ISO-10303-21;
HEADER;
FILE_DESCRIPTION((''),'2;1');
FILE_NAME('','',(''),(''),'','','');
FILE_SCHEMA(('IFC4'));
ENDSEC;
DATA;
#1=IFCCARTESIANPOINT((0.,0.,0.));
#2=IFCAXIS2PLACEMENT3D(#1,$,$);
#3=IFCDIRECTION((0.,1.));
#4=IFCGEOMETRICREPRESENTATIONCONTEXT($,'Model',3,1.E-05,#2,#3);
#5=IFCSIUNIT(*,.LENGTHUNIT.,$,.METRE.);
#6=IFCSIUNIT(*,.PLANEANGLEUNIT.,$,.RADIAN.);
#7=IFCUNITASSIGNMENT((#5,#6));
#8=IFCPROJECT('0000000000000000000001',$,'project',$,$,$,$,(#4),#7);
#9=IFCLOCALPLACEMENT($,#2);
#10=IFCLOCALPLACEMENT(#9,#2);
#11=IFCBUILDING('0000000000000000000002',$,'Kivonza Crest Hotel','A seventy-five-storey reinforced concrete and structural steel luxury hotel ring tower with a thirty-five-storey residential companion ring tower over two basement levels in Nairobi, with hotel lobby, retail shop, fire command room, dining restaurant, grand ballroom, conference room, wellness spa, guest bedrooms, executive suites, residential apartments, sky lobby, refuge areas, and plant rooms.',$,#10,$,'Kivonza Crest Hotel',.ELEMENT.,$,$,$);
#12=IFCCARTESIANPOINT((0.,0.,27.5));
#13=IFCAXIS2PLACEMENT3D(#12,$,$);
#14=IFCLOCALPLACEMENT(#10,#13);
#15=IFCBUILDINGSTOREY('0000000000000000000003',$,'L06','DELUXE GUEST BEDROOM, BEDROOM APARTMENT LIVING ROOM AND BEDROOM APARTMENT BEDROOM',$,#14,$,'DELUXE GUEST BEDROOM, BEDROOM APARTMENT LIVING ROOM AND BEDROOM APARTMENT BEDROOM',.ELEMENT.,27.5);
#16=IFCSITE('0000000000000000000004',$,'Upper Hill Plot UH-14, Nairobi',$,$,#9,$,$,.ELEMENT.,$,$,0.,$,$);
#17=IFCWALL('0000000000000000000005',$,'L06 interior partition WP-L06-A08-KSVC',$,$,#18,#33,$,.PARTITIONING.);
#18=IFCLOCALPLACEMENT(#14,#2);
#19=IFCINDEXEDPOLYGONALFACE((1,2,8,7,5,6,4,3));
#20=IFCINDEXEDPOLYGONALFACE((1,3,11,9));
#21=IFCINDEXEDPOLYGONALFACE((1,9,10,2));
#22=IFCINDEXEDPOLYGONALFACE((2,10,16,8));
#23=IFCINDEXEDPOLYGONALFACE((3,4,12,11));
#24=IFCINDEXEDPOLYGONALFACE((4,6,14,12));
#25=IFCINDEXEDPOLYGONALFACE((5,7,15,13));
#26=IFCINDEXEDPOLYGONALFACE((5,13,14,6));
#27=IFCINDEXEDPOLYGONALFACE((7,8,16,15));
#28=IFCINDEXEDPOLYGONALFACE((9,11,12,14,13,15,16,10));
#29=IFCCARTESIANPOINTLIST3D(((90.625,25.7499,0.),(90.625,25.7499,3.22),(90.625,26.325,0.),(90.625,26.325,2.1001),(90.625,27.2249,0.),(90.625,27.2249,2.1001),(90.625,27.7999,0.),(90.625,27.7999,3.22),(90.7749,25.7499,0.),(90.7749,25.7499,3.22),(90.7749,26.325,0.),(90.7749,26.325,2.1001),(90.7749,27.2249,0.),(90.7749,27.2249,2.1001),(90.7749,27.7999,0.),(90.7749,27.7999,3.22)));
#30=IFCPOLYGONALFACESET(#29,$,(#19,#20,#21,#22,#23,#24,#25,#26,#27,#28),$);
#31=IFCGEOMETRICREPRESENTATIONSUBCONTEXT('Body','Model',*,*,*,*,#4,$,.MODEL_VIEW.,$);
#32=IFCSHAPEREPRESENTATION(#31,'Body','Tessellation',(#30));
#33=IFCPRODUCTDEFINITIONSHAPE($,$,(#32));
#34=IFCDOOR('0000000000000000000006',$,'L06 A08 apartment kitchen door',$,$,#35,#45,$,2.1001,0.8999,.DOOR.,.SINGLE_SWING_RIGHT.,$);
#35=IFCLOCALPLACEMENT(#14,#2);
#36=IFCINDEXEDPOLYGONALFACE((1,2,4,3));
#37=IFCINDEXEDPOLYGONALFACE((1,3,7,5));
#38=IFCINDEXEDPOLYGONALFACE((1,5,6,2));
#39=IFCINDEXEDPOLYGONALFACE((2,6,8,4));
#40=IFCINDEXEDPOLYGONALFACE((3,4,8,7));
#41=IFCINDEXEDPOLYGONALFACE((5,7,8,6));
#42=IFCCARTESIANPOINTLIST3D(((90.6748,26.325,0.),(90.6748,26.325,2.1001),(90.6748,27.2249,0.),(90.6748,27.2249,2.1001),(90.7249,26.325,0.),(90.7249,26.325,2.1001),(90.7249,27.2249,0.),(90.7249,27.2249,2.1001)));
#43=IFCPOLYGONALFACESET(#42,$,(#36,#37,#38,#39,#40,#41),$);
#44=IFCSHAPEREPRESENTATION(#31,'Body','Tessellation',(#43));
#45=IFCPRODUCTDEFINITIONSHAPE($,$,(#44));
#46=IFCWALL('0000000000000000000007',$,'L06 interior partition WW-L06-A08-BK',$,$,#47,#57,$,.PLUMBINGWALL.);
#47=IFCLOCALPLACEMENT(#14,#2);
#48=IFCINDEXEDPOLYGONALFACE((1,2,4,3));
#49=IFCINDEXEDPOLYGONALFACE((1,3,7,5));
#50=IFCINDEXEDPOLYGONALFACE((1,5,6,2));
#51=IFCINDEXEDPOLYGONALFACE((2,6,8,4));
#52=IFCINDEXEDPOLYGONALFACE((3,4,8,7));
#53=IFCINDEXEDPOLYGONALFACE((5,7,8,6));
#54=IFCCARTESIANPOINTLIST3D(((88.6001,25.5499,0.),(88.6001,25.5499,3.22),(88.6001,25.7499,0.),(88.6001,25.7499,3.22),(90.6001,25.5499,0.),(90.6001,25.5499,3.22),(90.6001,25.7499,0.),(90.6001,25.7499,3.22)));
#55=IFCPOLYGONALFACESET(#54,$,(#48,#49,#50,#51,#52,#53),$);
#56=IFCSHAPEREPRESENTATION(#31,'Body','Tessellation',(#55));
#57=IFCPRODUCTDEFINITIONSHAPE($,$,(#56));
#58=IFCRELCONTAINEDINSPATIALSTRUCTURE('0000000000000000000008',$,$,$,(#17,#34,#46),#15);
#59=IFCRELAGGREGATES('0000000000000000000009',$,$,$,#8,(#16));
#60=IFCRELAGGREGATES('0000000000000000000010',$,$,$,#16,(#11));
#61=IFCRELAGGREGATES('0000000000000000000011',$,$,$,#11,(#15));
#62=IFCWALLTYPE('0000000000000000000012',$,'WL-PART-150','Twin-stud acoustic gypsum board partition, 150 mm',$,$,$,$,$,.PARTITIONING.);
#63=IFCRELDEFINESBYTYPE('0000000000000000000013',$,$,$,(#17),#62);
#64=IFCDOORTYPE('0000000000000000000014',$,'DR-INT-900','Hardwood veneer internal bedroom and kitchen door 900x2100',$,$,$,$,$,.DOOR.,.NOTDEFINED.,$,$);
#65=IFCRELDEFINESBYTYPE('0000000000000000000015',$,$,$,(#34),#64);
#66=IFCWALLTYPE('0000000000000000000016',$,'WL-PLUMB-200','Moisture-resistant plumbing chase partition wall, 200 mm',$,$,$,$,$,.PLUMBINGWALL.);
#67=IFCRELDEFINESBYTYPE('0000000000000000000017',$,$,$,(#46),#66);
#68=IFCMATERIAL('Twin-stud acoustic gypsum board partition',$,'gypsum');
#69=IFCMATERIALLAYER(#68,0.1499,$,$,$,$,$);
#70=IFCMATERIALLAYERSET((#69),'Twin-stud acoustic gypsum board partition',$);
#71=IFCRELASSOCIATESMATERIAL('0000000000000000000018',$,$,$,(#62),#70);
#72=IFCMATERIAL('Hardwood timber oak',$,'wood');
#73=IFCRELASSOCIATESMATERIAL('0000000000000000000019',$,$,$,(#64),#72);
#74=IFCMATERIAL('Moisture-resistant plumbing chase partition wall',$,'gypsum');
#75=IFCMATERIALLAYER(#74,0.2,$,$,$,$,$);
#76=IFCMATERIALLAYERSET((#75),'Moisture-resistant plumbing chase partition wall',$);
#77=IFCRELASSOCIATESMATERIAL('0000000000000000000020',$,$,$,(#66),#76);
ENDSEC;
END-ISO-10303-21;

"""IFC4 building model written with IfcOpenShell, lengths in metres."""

from ifc_helpers import new_model, si_unit, direction, frame, frame_2d, origin, place, context, subcontext, project, spatial, rectangle, extrude, material, layer, layer_set, type_object, element, fill, save


model = new_model("IFC4")

# Units and contexts
model_context = context("Model", 3, precision=1e-05, world=origin(), true_north=direction((0.0, 1.0)))
body_context = subcontext(model_context, "Body", "Model", "MODEL_VIEW")
ifc_project = project(units=[si_unit("LENGTHUNIT", "METRE"), si_unit("PLANEANGLEUNIT", "RADIAN")], contexts=[model_context])

# Site, building, storey
site_placement = place(None, origin())
site = spatial("IfcSite", under=ifc_project, at=site_placement, Name="Upper Hill Plot UH-14, Nairobi", CompositionType="ELEMENT", RefElevation=0.0)
building_placement = place(site_placement, origin())
building = spatial("IfcBuilding", under=site, at=building_placement, Name="Kivonza Crest Hotel", Description="A seventy-five-storey reinforced concrete and structural steel luxury hotel ring tower with a thirty-five-storey residential companion ring tower over two basement levels in Nairobi, with hotel lobby, retail shop, fire command room, dining restaurant, grand ballroom, conference room, wellness spa, guest bedrooms, executive suites, residential apartments, sky lobby, refuge areas, and plant rooms.", LongName="Kivonza Crest Hotel", CompositionType="ELEMENT")
storey_placement = place(building_placement, frame((0.0, 0.0, 27.5)))
storey = spatial("IfcBuildingStorey", under=building, at=storey_placement, Name="L06", Description="DELUXE GUEST BEDROOM, BEDROOM APARTMENT LIVING ROOM AND BEDROOM APARTMENT BEDROOM", LongName="DELUXE GUEST BEDROOM, BEDROOM APARTMENT LIVING ROOM AND BEDROOM APARTMENT BEDROOM", CompositionType="ELEMENT", Elevation=27.5)

# Shared definitions
ifc_material_1 = material(Name="Hardwood timber oak", Category="wood")

# Shared definitions
ifc_material_2 = material(Name="Twin-stud acoustic gypsum board partition", Category="gypsum")
ifc_layer_1 = layer(ifc_material_2, 0.1499)
ifc_layer_set_1 = layer_set([ifc_layer_1], Name="Twin-stud acoustic gypsum board partition")
wall_type_1 = type_object("IfcWallType", Name="WL-PART-150", Description="Twin-stud acoustic gypsum board partition, 150 mm", PredefinedType="PARTITIONING", material=ifc_layer_set_1)
door_type_1 = type_object("IfcDoorType", Name="DR-INT-900", Description="Hardwood veneer internal bedroom and kitchen door 900x2100", OperationType="NOTDEFINED", PredefinedType="DOOR", material=ifc_material_1)

# Wall, opening, door
wall_1_placement = place(storey_placement, frame((90.7, 25.75, 0.0), z_axis=(0.0, 0.0, 1.0), x_axis=(0.0, 1.0, 0.0)))
wall_1 = element("IfcWall", 1, at=wall_1_placement, inside=storey, type_object=wall_type_1, Name="L06 interior partition WP-L06-A08-KSVC", PredefinedType="PARTITIONING", context=body_context, shape_type="SweptSolid", body=[
    extrude(rectangle(XDim=2.05, YDim=0.1499, at=frame_2d((1.0249, 0.0))), origin(), (0.0, 0.0, 1.0), 3.22),
])
opening_1_placement = place(wall_1_placement, frame((0.575, 0.0, 0.0)))
opening_1 = element("IfcOpeningElement", 2, at=opening_1_placement, cuts=wall_1, PredefinedType="OPENING", context=body_context, shape_type="SweptSolid", body=[
    extrude(rectangle(XDim=0.8999, YDim=2.1001, at=frame_2d((0.45, 1.05))), frame((0.0, 0.085, 0.0), z_axis=(0.0, -1.0, 0.0), x_axis=(1.0, 0.0, 0.0)), (0.0, 0.0, 1.0), 0.1699),
])
door_1_placement = place(opening_1_placement, frame((0.8999, 0.0, 0.0), z_axis=(0.0, 0.0, 1.0), x_axis=(-1.0, 0.0, 0.0)))
door_1 = element("IfcDoor", 3, at=door_1_placement, inside=storey, type_object=door_type_1, Name="L06 A08 apartment kitchen door", OperationType="SINGLE_SWING_RIGHT", OverallHeight=2.1001, OverallWidth=0.8999, PredefinedType="DOOR", context=body_context, shape_type="SweptSolid", body=[
    extrude(rectangle(XDim=0.8999, YDim=2.1001, at=frame_2d((0.45, 1.05))), frame((0.0, 0.0249, 0.0), z_axis=(0.0, -1.0, 0.0), x_axis=(1.0, 0.0, 0.0)), (0.0, 0.0, 1.0), 0.05),
])
fill(opening_1, door_1)

# Wall
ifc_material_3 = material(Name="Moisture-resistant plumbing chase partition wall", Category="gypsum")
ifc_layer_2 = layer(ifc_material_3, 0.2)
ifc_layer_set_2 = layer_set([ifc_layer_2], Name="Moisture-resistant plumbing chase partition wall")
wall_type_2 = type_object("IfcWallType", Name="WL-PLUMB-200", Description="Moisture-resistant plumbing chase partition wall, 200 mm", PredefinedType="PLUMBINGWALL", material=ifc_layer_set_2)
wall_2_placement = place(storey_placement, frame((88.6001, 25.6499, 0.0), z_axis=(0.0, 0.0, 1.0), x_axis=(1.0, 0.0, 0.0)))
element("IfcWall", 4, at=wall_2_placement, inside=storey, type_object=wall_type_2, Name="L06 interior partition WW-L06-A08-BK", PredefinedType="PLUMBINGWALL", context=body_context, shape_type="SweptSolid", body=[
    extrude(rectangle(XDim=2.0, YDim=0.2, at=frame_2d((1.0, 0.0))), origin(), (0.0, 0.0, 1.0), 3.22),
])

save(model, "model.ifc")
